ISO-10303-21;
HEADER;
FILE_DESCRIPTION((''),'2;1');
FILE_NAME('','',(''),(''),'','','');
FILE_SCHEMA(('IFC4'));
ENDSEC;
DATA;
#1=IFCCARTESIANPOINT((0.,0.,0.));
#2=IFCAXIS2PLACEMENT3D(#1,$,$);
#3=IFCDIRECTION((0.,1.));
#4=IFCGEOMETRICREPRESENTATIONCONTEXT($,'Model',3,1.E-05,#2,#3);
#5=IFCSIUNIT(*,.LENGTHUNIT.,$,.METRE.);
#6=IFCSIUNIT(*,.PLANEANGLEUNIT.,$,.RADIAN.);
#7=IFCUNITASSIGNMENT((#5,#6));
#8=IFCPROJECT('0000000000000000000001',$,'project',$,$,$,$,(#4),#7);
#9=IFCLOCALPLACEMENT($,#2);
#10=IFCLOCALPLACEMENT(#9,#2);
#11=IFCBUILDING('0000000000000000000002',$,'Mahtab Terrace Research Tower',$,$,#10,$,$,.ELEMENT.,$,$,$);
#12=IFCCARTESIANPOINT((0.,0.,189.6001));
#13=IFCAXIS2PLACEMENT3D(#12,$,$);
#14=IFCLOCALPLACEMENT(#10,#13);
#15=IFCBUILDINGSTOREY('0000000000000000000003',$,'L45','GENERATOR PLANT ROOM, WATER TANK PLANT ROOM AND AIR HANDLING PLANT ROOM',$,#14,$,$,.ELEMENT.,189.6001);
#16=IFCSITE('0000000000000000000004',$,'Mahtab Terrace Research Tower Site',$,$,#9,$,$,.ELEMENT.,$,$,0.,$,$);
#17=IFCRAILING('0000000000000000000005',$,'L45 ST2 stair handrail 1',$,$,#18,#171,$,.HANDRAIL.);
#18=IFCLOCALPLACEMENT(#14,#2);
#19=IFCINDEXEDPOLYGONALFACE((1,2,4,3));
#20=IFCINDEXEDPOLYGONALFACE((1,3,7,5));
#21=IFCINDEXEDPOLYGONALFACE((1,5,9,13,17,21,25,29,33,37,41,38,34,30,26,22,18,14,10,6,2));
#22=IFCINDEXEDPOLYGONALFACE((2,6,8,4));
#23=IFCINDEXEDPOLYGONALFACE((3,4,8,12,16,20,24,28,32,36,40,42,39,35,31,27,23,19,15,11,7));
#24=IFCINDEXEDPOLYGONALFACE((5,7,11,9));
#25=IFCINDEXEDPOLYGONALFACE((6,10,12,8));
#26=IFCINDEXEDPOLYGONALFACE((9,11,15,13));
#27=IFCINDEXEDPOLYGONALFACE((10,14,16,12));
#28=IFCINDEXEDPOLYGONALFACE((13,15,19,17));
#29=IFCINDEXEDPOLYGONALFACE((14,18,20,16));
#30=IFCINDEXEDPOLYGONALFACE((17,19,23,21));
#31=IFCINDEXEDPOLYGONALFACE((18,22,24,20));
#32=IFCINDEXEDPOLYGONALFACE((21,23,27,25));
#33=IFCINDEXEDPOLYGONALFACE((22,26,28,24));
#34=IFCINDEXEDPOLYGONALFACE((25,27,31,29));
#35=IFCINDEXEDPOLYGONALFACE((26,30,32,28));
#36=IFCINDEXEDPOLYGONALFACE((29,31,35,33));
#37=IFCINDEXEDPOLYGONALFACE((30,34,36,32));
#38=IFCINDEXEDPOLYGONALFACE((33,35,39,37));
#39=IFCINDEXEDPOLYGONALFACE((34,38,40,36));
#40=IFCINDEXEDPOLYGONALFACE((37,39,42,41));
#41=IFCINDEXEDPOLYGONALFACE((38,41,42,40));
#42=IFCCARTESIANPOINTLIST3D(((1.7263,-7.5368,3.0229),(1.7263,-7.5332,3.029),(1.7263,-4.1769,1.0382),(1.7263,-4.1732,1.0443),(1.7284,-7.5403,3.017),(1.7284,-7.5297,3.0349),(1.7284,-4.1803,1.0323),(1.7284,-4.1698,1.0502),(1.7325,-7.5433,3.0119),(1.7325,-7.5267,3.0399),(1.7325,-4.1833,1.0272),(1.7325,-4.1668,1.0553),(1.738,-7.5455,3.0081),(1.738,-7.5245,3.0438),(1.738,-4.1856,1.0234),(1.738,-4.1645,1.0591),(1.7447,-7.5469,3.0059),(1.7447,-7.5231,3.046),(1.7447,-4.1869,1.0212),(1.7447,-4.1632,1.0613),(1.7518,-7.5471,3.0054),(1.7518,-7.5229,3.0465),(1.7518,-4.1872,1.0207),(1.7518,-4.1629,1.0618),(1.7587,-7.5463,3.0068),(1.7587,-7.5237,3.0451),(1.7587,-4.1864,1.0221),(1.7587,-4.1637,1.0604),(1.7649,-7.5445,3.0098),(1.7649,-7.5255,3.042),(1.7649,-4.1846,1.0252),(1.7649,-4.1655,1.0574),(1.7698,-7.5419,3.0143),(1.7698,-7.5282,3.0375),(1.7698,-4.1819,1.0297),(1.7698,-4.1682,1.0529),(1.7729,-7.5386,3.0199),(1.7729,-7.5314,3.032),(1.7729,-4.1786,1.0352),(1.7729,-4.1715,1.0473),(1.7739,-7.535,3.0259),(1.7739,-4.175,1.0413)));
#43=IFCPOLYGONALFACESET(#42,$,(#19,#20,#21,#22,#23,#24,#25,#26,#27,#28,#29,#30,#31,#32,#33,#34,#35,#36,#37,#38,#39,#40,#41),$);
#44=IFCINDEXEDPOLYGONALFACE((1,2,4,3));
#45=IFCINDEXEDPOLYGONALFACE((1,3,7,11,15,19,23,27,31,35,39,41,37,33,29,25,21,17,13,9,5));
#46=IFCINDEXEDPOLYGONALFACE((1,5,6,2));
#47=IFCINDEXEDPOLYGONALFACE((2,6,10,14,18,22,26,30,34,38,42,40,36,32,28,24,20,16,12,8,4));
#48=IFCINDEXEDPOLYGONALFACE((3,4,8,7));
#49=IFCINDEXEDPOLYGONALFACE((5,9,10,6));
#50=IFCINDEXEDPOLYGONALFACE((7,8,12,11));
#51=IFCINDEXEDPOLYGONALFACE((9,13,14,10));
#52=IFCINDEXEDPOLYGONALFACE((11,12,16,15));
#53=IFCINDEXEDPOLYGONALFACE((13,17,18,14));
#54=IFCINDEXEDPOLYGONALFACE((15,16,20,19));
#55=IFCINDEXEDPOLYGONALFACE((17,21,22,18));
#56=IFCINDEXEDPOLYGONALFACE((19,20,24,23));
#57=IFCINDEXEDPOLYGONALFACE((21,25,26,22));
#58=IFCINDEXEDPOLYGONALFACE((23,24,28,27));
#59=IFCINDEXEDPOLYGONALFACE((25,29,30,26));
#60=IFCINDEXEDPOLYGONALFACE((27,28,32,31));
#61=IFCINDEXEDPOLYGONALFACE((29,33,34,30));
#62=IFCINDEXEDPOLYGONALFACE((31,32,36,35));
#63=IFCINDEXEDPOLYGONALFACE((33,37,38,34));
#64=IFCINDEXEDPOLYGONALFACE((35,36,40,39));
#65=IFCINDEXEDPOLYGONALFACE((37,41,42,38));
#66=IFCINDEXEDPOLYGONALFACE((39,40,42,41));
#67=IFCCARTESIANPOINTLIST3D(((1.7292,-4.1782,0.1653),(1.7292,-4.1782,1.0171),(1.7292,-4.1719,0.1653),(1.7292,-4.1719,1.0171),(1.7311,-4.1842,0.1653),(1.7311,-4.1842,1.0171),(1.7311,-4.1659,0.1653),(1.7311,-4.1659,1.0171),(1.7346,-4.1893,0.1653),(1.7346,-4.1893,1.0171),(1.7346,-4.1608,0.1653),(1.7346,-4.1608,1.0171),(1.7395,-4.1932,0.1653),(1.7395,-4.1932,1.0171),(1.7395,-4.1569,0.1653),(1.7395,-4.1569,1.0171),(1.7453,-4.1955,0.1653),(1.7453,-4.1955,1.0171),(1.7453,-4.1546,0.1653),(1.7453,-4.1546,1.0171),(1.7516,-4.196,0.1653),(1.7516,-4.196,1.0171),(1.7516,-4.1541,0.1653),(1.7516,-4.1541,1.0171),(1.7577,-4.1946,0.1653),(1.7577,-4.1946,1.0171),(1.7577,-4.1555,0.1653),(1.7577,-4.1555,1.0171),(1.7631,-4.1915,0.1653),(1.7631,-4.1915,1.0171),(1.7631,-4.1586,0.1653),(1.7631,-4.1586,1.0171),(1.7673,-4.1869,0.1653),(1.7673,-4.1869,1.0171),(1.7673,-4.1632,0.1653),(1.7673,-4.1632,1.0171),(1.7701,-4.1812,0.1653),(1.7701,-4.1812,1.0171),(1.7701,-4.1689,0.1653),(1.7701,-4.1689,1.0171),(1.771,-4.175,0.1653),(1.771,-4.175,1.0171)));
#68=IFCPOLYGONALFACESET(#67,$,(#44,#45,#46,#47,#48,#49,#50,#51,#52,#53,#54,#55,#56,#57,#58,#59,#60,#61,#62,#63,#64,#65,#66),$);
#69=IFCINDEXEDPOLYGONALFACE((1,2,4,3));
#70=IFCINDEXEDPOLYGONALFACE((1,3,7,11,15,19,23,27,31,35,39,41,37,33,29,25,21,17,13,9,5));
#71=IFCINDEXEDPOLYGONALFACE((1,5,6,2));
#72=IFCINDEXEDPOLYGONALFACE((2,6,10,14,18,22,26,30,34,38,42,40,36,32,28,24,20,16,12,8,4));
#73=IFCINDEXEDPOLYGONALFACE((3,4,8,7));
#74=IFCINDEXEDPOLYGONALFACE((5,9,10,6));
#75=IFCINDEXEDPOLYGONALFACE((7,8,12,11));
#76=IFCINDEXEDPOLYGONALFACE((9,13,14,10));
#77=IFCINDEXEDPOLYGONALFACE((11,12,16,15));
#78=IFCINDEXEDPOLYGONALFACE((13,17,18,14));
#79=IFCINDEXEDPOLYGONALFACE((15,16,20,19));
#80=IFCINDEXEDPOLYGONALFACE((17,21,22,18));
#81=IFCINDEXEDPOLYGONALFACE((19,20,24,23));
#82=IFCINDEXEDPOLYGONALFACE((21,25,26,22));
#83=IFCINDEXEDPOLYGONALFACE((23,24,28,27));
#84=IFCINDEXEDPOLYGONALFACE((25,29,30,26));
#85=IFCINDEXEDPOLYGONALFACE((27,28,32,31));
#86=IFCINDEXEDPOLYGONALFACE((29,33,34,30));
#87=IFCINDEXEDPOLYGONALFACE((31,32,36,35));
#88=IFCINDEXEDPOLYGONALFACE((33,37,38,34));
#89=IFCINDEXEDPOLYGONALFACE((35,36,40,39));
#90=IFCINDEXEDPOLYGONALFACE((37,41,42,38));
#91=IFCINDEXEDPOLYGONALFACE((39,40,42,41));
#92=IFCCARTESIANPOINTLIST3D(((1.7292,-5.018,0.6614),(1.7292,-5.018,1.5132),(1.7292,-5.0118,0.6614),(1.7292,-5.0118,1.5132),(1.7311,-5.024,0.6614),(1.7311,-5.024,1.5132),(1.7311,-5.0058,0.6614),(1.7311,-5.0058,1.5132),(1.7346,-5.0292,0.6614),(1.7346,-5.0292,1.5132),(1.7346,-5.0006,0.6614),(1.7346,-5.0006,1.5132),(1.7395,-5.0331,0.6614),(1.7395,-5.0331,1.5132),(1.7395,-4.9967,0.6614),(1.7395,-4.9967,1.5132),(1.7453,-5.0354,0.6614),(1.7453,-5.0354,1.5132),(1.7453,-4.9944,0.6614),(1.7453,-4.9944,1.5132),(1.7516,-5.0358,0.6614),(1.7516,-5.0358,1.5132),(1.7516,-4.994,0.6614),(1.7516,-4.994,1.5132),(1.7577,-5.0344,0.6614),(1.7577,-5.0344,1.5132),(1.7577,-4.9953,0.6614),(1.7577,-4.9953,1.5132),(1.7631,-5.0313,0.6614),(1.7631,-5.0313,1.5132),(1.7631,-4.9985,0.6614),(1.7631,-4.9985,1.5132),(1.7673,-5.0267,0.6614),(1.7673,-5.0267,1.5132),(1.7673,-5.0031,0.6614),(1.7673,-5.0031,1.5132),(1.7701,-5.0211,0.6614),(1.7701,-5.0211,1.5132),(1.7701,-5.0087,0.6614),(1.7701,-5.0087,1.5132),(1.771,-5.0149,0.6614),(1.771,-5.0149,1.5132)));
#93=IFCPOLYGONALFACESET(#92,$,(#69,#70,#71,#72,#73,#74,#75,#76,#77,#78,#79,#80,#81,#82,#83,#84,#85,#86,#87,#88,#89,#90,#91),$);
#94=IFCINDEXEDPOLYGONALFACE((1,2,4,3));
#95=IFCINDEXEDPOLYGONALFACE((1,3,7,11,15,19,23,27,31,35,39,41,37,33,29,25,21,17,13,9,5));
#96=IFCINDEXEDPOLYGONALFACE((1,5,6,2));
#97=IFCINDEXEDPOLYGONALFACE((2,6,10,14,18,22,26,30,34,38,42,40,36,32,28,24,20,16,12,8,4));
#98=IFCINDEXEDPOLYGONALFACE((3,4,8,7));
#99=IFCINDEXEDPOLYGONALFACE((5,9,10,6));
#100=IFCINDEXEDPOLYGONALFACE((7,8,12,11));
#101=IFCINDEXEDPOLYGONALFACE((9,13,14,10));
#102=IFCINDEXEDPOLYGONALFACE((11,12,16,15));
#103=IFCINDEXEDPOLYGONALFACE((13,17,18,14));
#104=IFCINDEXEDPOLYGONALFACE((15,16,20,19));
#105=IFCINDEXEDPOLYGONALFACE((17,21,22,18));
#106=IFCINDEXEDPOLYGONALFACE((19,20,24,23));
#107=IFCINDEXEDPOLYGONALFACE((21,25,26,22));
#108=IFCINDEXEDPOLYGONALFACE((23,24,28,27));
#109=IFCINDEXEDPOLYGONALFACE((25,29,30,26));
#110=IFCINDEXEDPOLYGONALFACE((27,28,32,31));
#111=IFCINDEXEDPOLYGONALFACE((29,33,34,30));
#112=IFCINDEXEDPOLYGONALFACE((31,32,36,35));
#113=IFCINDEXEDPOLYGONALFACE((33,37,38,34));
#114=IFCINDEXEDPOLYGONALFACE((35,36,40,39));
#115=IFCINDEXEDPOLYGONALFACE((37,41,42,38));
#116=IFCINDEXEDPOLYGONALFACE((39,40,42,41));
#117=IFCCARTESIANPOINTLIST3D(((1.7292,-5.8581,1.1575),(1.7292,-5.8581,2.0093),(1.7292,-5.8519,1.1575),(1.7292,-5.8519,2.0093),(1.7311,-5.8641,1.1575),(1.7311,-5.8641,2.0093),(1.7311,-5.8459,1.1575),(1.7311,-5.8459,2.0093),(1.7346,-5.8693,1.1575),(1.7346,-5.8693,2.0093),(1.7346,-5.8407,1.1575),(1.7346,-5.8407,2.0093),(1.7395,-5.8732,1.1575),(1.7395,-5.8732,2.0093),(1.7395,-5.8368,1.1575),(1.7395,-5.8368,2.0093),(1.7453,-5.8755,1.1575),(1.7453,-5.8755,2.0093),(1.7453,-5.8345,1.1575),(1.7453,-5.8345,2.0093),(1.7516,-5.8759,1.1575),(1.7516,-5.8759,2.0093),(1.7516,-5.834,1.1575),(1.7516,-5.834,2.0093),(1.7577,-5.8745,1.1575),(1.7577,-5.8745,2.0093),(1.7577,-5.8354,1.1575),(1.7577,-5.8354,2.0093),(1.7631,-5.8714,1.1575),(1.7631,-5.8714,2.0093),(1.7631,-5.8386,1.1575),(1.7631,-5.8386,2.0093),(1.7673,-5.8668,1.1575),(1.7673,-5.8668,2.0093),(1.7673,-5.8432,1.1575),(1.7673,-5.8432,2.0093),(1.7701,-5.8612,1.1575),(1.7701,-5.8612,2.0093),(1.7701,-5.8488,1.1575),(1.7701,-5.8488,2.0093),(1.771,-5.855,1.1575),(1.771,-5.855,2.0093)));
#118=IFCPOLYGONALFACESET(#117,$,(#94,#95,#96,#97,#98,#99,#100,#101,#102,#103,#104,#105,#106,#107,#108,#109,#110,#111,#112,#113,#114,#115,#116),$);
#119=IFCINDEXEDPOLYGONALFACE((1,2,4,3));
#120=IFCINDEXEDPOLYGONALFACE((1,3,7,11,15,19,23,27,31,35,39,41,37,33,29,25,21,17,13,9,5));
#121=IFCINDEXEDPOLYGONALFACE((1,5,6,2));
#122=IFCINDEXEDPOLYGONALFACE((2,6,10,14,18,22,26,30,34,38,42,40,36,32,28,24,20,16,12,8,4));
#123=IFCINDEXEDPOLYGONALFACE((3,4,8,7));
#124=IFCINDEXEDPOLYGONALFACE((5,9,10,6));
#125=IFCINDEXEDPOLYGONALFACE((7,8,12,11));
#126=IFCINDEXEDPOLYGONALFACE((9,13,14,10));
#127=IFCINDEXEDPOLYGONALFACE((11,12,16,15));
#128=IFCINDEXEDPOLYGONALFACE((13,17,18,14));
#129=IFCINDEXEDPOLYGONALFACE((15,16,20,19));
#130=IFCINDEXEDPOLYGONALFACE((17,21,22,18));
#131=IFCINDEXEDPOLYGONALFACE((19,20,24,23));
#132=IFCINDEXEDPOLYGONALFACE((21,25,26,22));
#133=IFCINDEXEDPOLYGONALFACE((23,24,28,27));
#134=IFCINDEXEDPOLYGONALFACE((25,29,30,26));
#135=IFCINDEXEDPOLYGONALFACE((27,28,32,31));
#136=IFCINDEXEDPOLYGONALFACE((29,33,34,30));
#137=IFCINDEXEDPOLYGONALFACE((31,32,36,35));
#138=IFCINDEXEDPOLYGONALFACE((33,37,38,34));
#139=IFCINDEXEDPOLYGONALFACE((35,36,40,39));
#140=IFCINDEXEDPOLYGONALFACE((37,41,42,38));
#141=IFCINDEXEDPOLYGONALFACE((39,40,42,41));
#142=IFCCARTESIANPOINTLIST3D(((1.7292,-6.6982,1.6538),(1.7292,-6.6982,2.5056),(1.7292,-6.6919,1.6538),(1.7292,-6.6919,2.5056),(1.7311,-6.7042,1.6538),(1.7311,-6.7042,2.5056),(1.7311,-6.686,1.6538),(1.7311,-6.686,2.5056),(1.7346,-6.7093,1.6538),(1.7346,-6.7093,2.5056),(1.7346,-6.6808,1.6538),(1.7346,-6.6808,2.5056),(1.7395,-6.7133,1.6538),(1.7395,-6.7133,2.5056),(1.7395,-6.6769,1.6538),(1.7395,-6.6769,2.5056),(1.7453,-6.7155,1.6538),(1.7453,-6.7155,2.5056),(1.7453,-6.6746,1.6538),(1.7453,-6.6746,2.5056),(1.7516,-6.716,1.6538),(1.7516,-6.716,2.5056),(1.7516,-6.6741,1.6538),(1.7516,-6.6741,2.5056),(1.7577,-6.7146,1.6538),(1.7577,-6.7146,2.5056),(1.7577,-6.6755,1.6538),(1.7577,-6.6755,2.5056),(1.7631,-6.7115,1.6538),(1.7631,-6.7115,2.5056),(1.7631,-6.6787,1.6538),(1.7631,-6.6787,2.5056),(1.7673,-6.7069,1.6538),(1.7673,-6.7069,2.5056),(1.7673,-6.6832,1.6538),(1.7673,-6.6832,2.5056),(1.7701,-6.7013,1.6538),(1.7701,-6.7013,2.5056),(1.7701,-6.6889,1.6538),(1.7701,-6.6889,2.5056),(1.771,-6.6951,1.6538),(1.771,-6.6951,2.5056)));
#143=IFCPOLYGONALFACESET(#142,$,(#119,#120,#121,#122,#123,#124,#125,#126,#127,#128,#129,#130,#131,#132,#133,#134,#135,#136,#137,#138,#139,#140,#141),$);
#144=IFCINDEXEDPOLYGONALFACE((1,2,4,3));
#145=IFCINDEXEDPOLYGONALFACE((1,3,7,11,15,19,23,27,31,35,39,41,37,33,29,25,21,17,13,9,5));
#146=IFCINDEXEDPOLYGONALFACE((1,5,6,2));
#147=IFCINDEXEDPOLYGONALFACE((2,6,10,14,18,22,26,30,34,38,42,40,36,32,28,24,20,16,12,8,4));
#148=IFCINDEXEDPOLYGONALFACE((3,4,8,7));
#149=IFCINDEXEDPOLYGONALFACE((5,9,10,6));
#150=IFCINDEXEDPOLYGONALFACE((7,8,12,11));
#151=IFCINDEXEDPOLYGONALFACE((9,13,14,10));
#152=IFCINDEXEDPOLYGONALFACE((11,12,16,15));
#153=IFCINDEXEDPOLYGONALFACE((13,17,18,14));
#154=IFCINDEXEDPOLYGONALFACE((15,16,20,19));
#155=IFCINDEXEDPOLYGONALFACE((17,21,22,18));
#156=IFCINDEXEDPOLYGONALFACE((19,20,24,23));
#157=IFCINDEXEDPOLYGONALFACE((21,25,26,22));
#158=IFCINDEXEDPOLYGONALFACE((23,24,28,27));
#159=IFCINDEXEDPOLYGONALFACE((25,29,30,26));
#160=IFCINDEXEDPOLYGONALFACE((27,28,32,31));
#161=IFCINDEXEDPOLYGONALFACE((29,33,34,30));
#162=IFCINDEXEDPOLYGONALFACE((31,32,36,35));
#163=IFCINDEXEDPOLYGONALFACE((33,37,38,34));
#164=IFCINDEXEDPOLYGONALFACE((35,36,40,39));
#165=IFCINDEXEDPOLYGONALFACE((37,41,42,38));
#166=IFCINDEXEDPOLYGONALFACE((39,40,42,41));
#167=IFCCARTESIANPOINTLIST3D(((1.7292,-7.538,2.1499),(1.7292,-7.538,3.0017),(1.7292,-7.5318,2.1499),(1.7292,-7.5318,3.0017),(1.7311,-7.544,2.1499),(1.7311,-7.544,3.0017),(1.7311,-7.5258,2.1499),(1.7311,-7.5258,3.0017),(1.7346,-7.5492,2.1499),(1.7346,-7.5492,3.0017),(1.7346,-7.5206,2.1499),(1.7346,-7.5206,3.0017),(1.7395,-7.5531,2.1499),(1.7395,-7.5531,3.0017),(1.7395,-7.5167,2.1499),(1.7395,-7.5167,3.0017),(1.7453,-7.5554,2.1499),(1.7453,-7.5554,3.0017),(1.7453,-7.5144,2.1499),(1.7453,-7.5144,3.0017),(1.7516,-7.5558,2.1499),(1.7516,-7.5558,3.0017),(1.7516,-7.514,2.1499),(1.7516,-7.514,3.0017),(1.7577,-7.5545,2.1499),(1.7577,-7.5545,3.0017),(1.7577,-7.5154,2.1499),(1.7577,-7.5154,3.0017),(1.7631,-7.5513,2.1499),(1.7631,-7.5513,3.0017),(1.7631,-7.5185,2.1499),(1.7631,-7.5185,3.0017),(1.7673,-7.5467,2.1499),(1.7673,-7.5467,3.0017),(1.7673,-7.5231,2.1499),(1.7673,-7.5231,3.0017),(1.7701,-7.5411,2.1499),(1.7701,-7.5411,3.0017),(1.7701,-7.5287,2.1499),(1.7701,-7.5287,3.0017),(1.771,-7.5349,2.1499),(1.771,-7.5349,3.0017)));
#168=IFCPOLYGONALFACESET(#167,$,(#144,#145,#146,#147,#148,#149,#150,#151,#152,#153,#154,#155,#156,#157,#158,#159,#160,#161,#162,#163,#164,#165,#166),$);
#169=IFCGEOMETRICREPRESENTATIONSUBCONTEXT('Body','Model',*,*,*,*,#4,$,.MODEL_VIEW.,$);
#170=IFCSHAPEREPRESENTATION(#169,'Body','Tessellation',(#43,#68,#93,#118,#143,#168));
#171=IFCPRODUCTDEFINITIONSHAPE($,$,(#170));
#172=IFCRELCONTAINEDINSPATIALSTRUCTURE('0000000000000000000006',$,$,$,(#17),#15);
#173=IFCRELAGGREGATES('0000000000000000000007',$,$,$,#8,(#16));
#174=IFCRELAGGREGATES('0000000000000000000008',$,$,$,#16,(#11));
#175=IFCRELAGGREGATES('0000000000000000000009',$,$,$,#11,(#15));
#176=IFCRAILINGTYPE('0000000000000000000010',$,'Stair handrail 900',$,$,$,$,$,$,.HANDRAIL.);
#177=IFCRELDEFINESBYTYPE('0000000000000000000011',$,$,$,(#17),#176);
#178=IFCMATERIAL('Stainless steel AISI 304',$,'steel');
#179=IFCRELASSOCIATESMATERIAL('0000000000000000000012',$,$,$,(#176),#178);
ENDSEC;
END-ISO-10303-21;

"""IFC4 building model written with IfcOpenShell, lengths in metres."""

from ifc_helpers import new_model, si_unit, direction, frame, origin, origin_2d, place, context, subcontext, project, spatial, circle, extrude, material, type_object, element, save


model = new_model("IFC4")

# Units and contexts
model_context = context("Model", 3, precision=1e-05, world=origin(), true_north=direction((0.0, 1.0)))
body_context = subcontext(model_context, "Body", "Model", "MODEL_VIEW")
ifc_project = project(units=[si_unit("LENGTHUNIT", "METRE"), si_unit("PLANEANGLEUNIT", "RADIAN")], contexts=[model_context])

# Site, building, storey
site_placement = place(None, origin())
site = spatial("IfcSite", under=ifc_project, at=site_placement, Name="Mahtab Terrace Research Tower Site", CompositionType="ELEMENT", RefElevation=0.0)
building_placement = place(site_placement, origin())
building = spatial("IfcBuilding", under=site, at=building_placement, Name="Mahtab Terrace Research Tower", CompositionType="ELEMENT")
storey_placement = place(building_placement, frame((0.0, 0.0, 189.6001)))
storey = spatial("IfcBuildingStorey", under=building, at=storey_placement, Name="L45", Description="GENERATOR PLANT ROOM, WATER TANK PLANT ROOM AND AIR HANDLING PLANT ROOM", CompositionType="ELEMENT", Elevation=189.6001)

# Railing
ifc_material_1 = material(Name="Stainless steel AISI 304", Category="steel")
railing_type_1 = type_object("IfcRailingType", Name="Stair handrail 900", PredefinedType="HANDRAIL", material=ifc_material_1)
railing_1_placement = place(storey_placement, frame((1.75, -4.175, 0.1653)))
element("IfcRailing", 1, at=railing_1_placement, inside=storey, type_object=railing_type_1, Name="L45 ST2 stair handrail 1", PredefinedType="HANDRAIL", context=body_context, shape_type="SweptSolid", body=[
    extrude(circle(Radius=0.0239, at=origin_2d()), frame((0.0, 0.0, 0.876), z_axis=(0.0, -0.861011, 0.508586), x_axis=(1.0, 0.0, 0.0)), (0.0, 0.0, 1.0), 3.9023),
    extrude(circle(Radius=0.021, at=origin_2d()), origin(), (0.0, 0.0, 1.0), 0.8518),
    extrude(circle(Radius=0.021, at=origin_2d()), frame((0.0, -0.8398, 0.4961)), (0.0, 0.0, 1.0), 0.8518),
    extrude(circle(Radius=0.021, at=origin_2d()), frame((0.0, -1.6799, 0.9922)), (0.0, 0.0, 1.0), 0.8518),
    extrude(circle(Radius=0.021, at=origin_2d()), frame((0.0, -2.52, 1.4885)), (0.0, 0.0, 1.0), 0.8518),
    extrude(circle(Radius=0.021, at=origin_2d()), frame((0.0, -3.3599, 1.9846)), (0.0, 0.0, 1.0), 0.8518),
])

save(model, "model.ifc")
